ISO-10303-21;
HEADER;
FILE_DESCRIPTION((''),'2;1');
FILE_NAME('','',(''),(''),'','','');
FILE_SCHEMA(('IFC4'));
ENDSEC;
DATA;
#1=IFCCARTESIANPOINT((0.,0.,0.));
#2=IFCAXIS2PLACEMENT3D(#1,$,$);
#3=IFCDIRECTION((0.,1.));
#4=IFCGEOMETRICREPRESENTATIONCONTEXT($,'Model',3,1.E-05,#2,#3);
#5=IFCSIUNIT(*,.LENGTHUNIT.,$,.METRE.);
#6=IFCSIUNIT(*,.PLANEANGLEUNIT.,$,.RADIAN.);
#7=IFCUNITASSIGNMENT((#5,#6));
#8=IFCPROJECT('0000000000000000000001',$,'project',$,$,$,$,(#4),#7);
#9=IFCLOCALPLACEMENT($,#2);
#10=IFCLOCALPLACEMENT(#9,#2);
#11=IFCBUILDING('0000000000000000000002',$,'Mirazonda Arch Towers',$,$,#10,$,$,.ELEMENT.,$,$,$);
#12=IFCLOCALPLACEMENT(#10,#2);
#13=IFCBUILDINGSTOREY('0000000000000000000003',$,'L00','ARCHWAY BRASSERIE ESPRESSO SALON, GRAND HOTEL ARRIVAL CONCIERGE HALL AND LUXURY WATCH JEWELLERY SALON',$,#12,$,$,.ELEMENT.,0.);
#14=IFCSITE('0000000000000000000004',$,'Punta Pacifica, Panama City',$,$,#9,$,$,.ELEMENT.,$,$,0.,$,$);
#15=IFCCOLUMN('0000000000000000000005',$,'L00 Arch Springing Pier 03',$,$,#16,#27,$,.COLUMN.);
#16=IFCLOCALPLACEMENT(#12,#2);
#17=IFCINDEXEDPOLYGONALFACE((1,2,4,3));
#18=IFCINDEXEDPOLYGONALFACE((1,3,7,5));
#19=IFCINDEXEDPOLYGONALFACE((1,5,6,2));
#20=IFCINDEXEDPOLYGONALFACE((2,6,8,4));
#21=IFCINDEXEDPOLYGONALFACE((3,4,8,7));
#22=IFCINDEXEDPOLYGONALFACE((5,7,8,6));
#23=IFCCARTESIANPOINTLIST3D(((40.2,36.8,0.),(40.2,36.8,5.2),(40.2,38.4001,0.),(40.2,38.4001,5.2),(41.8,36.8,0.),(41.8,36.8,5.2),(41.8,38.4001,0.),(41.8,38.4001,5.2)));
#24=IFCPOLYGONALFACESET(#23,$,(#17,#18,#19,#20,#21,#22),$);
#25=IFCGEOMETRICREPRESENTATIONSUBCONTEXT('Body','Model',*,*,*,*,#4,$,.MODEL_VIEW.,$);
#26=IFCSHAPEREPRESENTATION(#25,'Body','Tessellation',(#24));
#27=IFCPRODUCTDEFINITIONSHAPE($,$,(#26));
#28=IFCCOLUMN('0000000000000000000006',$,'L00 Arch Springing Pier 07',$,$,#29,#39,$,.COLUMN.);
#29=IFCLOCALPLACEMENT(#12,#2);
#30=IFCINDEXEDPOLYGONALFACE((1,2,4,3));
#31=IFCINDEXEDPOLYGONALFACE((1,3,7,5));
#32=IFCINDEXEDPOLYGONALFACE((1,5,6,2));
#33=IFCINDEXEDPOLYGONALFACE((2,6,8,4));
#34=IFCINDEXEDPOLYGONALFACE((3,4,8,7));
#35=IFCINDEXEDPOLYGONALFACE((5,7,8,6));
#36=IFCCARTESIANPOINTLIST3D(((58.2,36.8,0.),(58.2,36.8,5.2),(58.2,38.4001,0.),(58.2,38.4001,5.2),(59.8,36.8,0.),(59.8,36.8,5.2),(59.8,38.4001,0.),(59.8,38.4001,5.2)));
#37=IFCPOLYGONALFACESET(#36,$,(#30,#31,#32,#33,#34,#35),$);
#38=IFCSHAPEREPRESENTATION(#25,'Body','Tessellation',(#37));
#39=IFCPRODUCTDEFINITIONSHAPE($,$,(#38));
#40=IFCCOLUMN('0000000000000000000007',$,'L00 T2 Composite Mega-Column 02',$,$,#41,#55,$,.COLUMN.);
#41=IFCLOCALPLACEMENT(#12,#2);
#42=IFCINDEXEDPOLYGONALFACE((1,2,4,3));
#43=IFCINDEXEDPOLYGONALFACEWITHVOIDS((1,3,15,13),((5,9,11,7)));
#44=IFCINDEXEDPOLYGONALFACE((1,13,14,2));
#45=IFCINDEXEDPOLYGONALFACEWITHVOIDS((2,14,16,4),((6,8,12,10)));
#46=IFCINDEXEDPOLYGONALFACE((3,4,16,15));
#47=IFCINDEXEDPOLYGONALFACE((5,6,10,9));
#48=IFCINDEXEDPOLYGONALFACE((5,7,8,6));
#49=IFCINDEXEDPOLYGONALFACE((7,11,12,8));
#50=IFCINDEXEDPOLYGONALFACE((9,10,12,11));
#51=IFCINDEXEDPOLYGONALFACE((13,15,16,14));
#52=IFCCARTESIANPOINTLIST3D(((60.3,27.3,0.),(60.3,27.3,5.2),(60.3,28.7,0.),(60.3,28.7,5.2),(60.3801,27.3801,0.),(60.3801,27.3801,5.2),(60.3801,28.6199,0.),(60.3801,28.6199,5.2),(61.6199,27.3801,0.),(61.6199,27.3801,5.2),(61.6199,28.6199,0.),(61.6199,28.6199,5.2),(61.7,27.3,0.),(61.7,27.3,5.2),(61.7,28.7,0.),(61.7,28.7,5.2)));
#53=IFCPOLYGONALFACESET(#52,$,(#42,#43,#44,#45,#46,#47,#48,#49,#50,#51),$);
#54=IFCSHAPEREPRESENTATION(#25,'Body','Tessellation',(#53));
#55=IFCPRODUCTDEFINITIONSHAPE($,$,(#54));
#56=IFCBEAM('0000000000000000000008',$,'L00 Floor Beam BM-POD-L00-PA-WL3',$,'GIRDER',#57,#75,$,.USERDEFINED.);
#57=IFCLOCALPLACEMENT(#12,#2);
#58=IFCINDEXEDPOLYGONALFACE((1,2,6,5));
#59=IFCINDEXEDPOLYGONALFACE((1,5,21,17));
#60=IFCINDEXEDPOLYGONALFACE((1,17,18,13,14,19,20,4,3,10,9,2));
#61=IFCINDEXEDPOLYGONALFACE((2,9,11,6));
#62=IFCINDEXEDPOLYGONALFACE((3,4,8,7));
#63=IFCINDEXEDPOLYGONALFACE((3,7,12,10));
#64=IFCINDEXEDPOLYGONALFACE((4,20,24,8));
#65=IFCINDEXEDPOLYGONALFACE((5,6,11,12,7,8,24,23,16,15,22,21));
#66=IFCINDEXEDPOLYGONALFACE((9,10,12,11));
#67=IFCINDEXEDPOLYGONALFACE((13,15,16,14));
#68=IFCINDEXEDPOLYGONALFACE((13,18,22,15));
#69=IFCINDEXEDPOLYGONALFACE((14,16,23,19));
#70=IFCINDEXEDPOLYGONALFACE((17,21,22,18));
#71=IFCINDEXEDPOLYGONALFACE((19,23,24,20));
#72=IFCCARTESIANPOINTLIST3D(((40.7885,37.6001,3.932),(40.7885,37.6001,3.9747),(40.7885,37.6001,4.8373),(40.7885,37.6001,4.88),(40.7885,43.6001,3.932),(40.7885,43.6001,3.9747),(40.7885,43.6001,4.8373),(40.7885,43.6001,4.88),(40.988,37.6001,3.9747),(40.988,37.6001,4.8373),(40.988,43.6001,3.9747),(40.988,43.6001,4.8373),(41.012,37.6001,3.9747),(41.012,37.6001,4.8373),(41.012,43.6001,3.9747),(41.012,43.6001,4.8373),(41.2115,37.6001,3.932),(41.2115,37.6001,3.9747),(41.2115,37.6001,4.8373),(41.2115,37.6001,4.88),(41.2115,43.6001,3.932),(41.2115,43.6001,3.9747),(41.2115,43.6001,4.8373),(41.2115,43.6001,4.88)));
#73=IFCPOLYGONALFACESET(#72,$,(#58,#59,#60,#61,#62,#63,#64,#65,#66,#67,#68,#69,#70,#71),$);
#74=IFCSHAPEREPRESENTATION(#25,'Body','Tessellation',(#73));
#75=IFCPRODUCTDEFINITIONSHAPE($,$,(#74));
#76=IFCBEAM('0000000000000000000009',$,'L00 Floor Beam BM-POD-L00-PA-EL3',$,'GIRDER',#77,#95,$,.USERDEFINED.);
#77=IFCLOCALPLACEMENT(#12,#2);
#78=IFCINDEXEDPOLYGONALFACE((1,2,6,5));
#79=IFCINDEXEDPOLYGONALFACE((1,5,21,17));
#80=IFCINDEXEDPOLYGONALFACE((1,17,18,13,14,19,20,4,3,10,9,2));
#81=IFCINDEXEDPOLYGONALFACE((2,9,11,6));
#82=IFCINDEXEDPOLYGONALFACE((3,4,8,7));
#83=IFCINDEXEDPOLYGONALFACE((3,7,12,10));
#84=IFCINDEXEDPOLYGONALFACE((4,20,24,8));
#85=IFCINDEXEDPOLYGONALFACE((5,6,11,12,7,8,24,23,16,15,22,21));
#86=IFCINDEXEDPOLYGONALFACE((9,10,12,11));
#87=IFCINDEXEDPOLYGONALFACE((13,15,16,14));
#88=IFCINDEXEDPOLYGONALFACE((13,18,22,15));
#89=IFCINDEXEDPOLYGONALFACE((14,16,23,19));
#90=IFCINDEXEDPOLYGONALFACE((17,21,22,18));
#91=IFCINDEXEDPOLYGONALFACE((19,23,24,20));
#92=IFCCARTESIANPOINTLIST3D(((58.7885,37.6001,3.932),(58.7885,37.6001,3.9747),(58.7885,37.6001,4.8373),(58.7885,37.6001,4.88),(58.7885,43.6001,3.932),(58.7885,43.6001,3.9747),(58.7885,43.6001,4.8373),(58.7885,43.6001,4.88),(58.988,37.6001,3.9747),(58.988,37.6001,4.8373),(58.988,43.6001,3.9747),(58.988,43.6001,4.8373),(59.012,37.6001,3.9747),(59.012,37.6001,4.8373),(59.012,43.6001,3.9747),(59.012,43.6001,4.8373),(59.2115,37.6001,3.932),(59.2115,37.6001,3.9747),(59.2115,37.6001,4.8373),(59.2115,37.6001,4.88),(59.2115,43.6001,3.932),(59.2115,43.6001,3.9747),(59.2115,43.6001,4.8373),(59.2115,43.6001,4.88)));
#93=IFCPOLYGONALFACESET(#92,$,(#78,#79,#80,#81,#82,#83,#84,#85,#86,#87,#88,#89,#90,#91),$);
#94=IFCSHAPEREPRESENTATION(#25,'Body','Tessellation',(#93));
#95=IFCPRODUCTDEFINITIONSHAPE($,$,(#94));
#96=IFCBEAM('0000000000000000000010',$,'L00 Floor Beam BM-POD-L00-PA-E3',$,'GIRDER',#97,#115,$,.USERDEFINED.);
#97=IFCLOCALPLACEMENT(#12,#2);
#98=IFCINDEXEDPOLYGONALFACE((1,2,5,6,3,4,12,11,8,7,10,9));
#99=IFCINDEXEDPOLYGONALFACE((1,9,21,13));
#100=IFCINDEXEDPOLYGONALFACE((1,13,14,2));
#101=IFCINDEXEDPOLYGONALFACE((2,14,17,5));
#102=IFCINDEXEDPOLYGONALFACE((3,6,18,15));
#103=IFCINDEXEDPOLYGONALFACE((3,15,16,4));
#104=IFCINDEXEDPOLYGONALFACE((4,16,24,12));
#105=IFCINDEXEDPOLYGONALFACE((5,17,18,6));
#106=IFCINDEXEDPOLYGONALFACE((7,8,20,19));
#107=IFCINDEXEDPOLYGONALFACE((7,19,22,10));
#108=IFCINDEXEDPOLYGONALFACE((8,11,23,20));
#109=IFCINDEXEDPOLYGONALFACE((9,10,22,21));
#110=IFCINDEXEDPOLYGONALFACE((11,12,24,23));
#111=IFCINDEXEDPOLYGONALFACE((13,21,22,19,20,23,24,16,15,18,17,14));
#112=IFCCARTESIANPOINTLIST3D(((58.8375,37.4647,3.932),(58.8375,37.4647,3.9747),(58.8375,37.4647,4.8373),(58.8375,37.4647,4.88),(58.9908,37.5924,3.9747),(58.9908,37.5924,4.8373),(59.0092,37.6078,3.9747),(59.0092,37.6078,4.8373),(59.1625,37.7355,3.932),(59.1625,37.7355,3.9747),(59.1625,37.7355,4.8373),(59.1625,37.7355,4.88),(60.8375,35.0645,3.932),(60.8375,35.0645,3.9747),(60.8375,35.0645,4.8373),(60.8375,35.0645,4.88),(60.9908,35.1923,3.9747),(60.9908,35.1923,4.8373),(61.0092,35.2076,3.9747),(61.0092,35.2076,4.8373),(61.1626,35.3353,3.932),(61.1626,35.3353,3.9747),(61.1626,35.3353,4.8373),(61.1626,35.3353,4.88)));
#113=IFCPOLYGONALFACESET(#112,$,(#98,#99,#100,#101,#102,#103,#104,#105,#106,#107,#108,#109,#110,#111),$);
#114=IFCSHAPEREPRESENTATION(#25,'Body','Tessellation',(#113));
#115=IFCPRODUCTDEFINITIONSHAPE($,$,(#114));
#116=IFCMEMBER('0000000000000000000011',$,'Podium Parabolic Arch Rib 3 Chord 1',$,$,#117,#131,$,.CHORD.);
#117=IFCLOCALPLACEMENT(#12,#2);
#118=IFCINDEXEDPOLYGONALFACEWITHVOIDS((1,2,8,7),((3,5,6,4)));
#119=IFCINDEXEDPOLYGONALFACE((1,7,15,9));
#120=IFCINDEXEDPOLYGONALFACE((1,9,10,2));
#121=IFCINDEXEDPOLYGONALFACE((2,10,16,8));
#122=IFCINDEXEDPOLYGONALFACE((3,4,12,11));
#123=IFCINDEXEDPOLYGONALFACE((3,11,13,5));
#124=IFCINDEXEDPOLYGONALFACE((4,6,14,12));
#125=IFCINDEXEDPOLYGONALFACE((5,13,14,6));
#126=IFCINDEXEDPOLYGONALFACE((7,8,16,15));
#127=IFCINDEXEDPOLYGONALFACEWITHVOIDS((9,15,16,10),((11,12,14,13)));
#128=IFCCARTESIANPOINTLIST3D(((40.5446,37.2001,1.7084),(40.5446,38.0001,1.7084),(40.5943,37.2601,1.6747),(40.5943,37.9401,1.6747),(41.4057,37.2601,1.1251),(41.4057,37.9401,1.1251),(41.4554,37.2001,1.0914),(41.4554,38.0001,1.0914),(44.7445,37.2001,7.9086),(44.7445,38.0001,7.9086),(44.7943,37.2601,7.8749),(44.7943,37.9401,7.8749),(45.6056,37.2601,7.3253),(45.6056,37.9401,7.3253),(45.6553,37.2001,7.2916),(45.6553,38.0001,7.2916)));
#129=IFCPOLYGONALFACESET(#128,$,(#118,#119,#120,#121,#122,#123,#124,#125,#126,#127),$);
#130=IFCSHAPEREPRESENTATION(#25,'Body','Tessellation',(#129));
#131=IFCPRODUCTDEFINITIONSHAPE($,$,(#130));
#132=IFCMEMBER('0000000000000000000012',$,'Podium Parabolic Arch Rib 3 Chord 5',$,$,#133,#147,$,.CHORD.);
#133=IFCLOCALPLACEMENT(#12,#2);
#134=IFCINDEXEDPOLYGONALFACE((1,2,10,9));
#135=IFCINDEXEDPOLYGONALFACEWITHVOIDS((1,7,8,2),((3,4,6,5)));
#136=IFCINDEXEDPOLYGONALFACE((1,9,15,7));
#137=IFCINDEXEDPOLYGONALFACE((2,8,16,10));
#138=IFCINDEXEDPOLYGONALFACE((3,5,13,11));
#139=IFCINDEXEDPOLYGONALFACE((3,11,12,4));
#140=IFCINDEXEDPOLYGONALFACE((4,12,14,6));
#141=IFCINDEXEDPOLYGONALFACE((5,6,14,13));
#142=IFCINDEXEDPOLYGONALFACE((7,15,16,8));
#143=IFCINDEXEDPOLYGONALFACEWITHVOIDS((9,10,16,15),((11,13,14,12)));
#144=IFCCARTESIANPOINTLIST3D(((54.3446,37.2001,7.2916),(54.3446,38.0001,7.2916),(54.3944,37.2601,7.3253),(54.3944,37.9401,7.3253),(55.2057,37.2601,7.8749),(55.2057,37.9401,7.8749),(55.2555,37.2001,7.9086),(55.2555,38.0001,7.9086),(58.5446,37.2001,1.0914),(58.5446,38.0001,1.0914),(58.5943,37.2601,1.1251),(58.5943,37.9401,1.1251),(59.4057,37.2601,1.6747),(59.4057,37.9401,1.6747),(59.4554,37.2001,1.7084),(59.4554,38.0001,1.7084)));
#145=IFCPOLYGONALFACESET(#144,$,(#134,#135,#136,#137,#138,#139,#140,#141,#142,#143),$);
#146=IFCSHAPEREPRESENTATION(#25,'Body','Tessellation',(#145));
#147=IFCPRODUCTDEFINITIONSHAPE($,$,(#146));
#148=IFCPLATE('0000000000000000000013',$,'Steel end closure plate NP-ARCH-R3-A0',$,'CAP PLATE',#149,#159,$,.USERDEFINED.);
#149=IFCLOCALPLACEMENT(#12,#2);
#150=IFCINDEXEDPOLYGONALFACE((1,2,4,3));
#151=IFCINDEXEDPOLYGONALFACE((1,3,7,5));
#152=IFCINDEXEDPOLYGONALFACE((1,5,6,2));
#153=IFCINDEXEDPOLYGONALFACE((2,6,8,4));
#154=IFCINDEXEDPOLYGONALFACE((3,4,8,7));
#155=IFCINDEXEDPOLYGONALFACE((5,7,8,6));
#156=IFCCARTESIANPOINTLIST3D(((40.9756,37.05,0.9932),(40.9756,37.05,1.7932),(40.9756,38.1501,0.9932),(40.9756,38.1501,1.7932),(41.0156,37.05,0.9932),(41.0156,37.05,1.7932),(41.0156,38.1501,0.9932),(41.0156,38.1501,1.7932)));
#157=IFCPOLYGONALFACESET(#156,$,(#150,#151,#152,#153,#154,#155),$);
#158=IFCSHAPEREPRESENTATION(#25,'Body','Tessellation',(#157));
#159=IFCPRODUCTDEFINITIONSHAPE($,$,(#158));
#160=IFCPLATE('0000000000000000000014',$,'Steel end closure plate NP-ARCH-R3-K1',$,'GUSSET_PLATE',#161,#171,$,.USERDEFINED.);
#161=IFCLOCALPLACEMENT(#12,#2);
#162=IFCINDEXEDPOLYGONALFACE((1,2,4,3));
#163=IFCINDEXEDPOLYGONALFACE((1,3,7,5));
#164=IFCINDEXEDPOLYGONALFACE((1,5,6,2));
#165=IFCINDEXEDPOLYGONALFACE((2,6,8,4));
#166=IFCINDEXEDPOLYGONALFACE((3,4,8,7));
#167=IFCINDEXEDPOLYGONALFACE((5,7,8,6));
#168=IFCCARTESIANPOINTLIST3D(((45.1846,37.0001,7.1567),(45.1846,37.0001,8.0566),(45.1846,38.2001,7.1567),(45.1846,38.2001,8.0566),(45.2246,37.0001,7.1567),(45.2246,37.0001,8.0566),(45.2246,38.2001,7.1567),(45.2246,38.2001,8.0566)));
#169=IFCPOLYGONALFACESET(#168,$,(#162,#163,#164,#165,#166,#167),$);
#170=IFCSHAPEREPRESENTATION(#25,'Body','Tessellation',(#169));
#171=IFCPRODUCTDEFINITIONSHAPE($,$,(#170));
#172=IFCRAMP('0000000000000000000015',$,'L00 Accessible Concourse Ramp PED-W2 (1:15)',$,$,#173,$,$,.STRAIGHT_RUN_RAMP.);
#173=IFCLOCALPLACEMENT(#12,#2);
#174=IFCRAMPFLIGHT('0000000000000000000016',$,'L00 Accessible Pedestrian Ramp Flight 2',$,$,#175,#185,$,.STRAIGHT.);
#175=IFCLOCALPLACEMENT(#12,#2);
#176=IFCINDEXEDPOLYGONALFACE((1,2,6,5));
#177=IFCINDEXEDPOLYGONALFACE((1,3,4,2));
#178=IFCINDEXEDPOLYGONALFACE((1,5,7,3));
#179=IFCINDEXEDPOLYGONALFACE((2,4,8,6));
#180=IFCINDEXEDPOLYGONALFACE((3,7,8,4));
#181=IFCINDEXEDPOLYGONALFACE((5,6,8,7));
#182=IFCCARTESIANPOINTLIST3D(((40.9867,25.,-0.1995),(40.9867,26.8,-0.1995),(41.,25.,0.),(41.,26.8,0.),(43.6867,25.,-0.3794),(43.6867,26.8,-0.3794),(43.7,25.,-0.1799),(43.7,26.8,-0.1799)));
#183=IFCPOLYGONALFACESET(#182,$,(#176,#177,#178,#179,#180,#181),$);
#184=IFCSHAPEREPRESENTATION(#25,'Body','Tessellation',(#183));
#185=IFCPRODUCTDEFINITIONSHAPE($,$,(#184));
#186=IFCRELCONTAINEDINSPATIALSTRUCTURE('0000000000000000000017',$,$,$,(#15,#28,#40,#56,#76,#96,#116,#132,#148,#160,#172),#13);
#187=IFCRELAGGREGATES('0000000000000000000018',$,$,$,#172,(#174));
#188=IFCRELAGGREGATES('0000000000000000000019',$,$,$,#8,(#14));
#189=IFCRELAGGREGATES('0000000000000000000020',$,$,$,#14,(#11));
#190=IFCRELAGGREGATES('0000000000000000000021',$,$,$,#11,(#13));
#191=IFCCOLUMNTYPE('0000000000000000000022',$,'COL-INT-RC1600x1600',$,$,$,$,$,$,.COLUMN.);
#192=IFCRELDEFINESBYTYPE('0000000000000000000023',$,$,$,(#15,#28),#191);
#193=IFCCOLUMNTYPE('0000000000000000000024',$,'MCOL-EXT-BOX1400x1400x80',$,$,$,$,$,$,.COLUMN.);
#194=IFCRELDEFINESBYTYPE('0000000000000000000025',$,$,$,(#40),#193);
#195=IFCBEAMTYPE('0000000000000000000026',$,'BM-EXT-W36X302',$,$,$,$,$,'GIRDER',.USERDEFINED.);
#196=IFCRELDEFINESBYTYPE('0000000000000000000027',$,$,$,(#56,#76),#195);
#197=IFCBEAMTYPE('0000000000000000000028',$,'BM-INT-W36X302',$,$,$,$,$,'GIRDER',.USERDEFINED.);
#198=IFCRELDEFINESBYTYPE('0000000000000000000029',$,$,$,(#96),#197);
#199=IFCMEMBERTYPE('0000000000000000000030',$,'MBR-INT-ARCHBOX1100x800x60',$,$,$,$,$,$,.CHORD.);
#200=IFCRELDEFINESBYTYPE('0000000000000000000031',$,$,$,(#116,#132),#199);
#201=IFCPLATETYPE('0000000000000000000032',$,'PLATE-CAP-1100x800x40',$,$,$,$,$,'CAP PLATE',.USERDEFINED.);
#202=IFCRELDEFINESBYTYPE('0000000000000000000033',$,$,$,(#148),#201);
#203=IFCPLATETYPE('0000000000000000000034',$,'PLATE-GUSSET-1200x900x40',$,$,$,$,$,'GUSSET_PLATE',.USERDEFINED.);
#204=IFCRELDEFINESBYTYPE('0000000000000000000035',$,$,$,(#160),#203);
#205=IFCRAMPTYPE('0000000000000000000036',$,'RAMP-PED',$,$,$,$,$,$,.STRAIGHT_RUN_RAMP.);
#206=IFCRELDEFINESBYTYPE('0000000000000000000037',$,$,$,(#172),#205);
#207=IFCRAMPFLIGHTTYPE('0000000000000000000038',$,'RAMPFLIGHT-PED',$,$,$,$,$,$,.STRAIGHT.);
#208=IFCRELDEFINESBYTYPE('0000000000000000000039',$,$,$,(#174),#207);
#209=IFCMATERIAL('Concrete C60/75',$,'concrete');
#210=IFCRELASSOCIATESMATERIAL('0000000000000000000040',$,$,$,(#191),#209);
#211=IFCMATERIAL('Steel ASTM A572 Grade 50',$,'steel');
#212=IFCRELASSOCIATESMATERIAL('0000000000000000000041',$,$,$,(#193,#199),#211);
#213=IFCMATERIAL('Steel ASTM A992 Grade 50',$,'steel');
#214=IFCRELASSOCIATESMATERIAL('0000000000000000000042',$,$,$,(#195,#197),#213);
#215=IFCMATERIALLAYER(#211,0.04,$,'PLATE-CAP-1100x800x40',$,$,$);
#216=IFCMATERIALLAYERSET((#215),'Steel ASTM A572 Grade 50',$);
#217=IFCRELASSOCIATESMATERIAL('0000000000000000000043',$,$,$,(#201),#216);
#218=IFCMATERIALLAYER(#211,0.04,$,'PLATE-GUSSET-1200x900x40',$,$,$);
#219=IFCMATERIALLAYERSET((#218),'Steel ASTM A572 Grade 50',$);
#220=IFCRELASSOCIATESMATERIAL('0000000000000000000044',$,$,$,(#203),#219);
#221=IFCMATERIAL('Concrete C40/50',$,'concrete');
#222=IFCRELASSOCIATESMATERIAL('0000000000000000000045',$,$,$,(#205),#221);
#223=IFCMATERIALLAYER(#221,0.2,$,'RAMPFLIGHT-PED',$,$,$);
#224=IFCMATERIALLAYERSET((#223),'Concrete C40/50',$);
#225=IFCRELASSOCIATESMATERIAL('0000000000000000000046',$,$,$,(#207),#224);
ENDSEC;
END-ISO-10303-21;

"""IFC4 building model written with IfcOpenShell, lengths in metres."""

from ifc_helpers import new_model, si_unit, direction, frame, origin, origin_2d, place, context, subcontext, project, spatial, polyline, rectangle, hollow_rectangle, i_section, outline, extrude, material, layer, layer_set, material_profile, profile_set, type_object, element, aggregate, save


model = new_model("IFC4")

# Units and contexts
model_context = context("Model", 3, precision=1e-05, world=origin(), true_north=direction((0.0, 1.0)))
body_context = subcontext(model_context, "Body", "Model", "MODEL_VIEW")
ifc_project = project(units=[si_unit("LENGTHUNIT", "METRE"), si_unit("PLANEANGLEUNIT", "RADIAN")], contexts=[model_context])

# Site, building, storey
site_placement = place(None, origin())
site = spatial("IfcSite", under=ifc_project, at=site_placement, Name="Punta Pacifica, Panama City", CompositionType="ELEMENT", RefElevation=0.0)
building_placement = place(site_placement, origin())
building = spatial("IfcBuilding", under=site, at=building_placement, Name="Mirazonda Arch Towers", CompositionType="ELEMENT")
storey_placement = place(building_placement, origin())
storey = spatial("IfcBuildingStorey", under=building, at=storey_placement, Name="L00", Description="ARCHWAY BRASSERIE ESPRESSO SALON, GRAND HOTEL ARRIVAL CONCIERGE HALL AND LUXURY WATCH JEWELLERY SALON", CompositionType="ELEMENT", Elevation=0.0)

# Columns
ifc_material_1 = material(Name="Concrete C60/75", Category="concrete")
ifc_material_profile_1 = material_profile(ifc_material_1, rectangle(XDim=1.6001, YDim=1.6001, at=origin_2d()), Name="RC1600x1600")
ifc_profile_set_1 = profile_set([ifc_material_profile_1], Name="Concrete C60/75")
column_type_1 = type_object("IfcColumnType", Name="COL-INT-RC1600x1600", PredefinedType="COLUMN", material=ifc_profile_set_1)
for number, where, z_axis, x_axis, name in (
    (1, (41.0, 37.6001, 0.0), (0.0, 0.0, 1.0), (1.0, 0.0, 0.0), "L00 Arch Springing Pier 03"),
    (2, (59.0, 37.6001, 0.0), (0.0, 0.0, 1.0), (1.0, 0.0, 0.0), "L00 Arch Springing Pier 07"),
):
    element("IfcColumn", number, at=place(storey_placement, frame(where, z_axis=z_axis, x_axis=x_axis)), inside=storey, type_object=column_type_1, Name=name, PredefinedType="COLUMN", context=body_context, shape_type="SweptSolid", body=[
        extrude(rectangle(XDim=1.6001, YDim=1.6001, at=origin_2d()), origin(), (0.0, 0.0, 1.0), 5.2),
    ])
ifc_material_2 = material(Name="Steel ASTM A572 Grade 50", Category="steel")
ifc_material_profile_2 = material_profile(ifc_material_2, hollow_rectangle(XDim=1.3999, YDim=1.3999, WallThickness=0.0801, at=origin_2d()), Name="BOX1400x1400x80")
ifc_profile_set_2 = profile_set([ifc_material_profile_2], Name="Steel ASTM A572 Grade 50")
column_type_2 = type_object("IfcColumnType", Name="MCOL-EXT-BOX1400x1400x80", PredefinedType="COLUMN", material=ifc_profile_set_2)
column_placement = place(storey_placement, frame((61.0, 28.0, 0.0), z_axis=(0.0, 0.0, 1.0), x_axis=(1.0, 0.0, 0.0)))
element("IfcColumn", 3, at=column_placement, inside=storey, type_object=column_type_2, Name="L00 T2 Composite Mega-Column 02", PredefinedType="COLUMN", context=body_context, shape_type="SweptSolid", body=[
    extrude(hollow_rectangle(XDim=1.3999, YDim=1.3999, WallThickness=0.0801, at=origin_2d()), origin(), (0.0, 0.0, 1.0), 5.2),
])

# Beams
ifc_material_3 = material(Name="Steel ASTM A992 Grade 50", Category="steel")
ifc_material_profile_3 = material_profile(ifc_material_3, i_section(OverallWidth=0.4231, OverallDepth=0.948, WebThickness=0.0239, FlangeThickness=0.0427, at=origin_2d()), Name="W36X302")
ifc_profile_set_3 = profile_set([ifc_material_profile_3], Name="Steel ASTM A992 Grade 50")
beam_type_1 = type_object("IfcBeamType", Name="BM-EXT-W36X302", ElementType="GIRDER", PredefinedType="USERDEFINED", material=ifc_profile_set_3)
for number, where, z_axis, x_axis, name in (
    (4, (41.0, 37.6001, 4.406), (0.0, 1.0, 0.0), (-1.0, 0.0, 0.0), "L00 Floor Beam BM-POD-L00-PA-WL3"),
    (5, (59.0, 37.6001, 4.406), (0.0, 1.0, 0.0), (-1.0, 0.0, 0.0), "L00 Floor Beam BM-POD-L00-PA-EL3"),
):
    element("IfcBeam", number, at=place(storey_placement, frame(where, z_axis=z_axis, x_axis=x_axis)), inside=storey, type_object=beam_type_1, Name=name, ObjectType="GIRDER", PredefinedType="USERDEFINED", context=body_context, shape_type="SweptSolid", body=[
        extrude(i_section(OverallWidth=0.4231, OverallDepth=0.948, WebThickness=0.0239, FlangeThickness=0.0427, at=origin_2d()), origin(), (0.0, 0.0, 1.0), 6.0),
    ])
ifc_material_profile_4 = material_profile(ifc_material_3, i_section(OverallWidth=0.4231, OverallDepth=0.948, WebThickness=0.0239, FlangeThickness=0.0427, at=origin_2d()), Name="W36X302")
ifc_profile_set_4 = profile_set([ifc_material_profile_4], Name="Steel ASTM A992 Grade 50")
beam_type_2 = type_object("IfcBeamType", Name="BM-INT-W36X302", ElementType="GIRDER", PredefinedType="USERDEFINED", material=ifc_profile_set_4)
beam_placement = place(storey_placement, frame((59.0, 37.6001, 4.406), z_axis=(0.640161, -0.76824, 0.0), x_axis=(0.76824, 0.640161, 0.0)))
element("IfcBeam", 6, at=beam_placement, inside=storey, type_object=beam_type_2, Name="L00 Floor Beam BM-POD-L00-PA-E3", ObjectType="GIRDER", PredefinedType="USERDEFINED", context=body_context, shape_type="SweptSolid", body=[
    extrude(i_section(OverallWidth=0.4231, OverallDepth=0.948, WebThickness=0.0239, FlangeThickness=0.0427, at=origin_2d()), origin(), (0.0, 0.0, 1.0), 3.1243),
])

# Members
ifc_material_profile_5 = material_profile(ifc_material_2, hollow_rectangle(XDim=0.8, YDim=1.1001, WallThickness=0.0601, at=origin_2d()), Name="ARCHBOX1100x800x60")
ifc_profile_set_5 = profile_set([ifc_material_profile_5], Name="Steel ASTM A572 Grade 50")
member_type = type_object("IfcMemberType", Name="MBR-INT-ARCHBOX1100x800x60", PredefinedType="CHORD", material=ifc_profile_set_5)
for number, where, z_axis, x_axis, name in (
    (7, (41.0, 37.6001, 1.3999), (0.560832, 0.0, 0.82793), (0.0, 1.0, 0.0), "Podium Parabolic Arch Rib 3 Chord 1"),
    (8, (54.8, 37.6001, 7.6001), (0.560832, 0.0, -0.82793), (0.0, 1.0, 0.0), "Podium Parabolic Arch Rib 3 Chord 5"),
):
    element("IfcMember", number, at=place(storey_placement, frame(where, z_axis=z_axis, x_axis=x_axis)), inside=storey, type_object=member_type, Name=name, PredefinedType="CHORD", context=body_context, shape_type="SweptSolid", body=[
        extrude(hollow_rectangle(XDim=0.8, YDim=1.1001, WallThickness=0.0601, at=origin_2d()), origin(), (0.0, 0.0, 1.0), 7.4888),
    ])

# Plates
ifc_layer_1 = layer(ifc_material_2, 0.04, Name="PLATE-CAP-1100x800x40")
ifc_layer_set_1 = layer_set([ifc_layer_1], Name="Steel ASTM A572 Grade 50")
plate_type_1 = type_object("IfcPlateType", Name="PLATE-CAP-1100x800x40", ElementType="CAP PLATE", PredefinedType="USERDEFINED", material=ifc_layer_set_1)
plate_1_placement = place(storey_placement, frame((40.9956, 37.6001, 0.9932), z_axis=(0.0, 0.0, 1.0), x_axis=(-1.0, 0.0, 0.0)))
element("IfcPlate", 9, at=plate_1_placement, inside=storey, type_object=plate_type_1, Name="Steel end closure plate NP-ARCH-R3-A0", ObjectType="CAP PLATE", PredefinedType="USERDEFINED", context=body_context, shape_type="SweptSolid", body=[
    extrude(rectangle(XDim=0.04, YDim=1.1001, at=origin_2d()), origin(), (0.0, 0.0, 1.0), 0.8),
])
ifc_layer_2 = layer(ifc_material_2, 0.04, Name="PLATE-GUSSET-1200x900x40")
ifc_layer_set_2 = layer_set([ifc_layer_2], Name="Steel ASTM A572 Grade 50")
plate_type_2 = type_object("IfcPlateType", Name="PLATE-GUSSET-1200x900x40", ElementType="GUSSET_PLATE", PredefinedType="USERDEFINED", material=ifc_layer_set_2)
plate_2_placement = place(storey_placement, frame((45.2046, 37.6001, 7.1567), z_axis=(0.0, 0.0, 1.0), x_axis=(1.0, 0.0, 0.0)))
element("IfcPlate", 10, at=plate_2_placement, inside=storey, type_object=plate_type_2, Name="Steel end closure plate NP-ARCH-R3-K1", ObjectType="GUSSET_PLATE", PredefinedType="USERDEFINED", context=body_context, shape_type="SweptSolid", body=[
    extrude(rectangle(XDim=0.04, YDim=1.2, at=origin_2d()), origin(), (0.0, 0.0, 1.0), 0.8999),
])

# Ramp, ramp flight
ifc_material_4 = material(Name="Concrete C40/50", Category="concrete")
ramp_type = type_object("IfcRampType", Name="RAMP-PED", PredefinedType="STRAIGHT_RUN_RAMP", material=ifc_material_4)
ramp_1_placement = place(storey_placement, origin())
ramp_1 = element("IfcRamp", 11, at=ramp_1_placement, inside=storey, type_object=ramp_type, Name="L00 Accessible Concourse Ramp PED-W2 (1:15)", PredefinedType="STRAIGHT_RUN_RAMP")
ifc_layer_3 = layer(ifc_material_4, 0.2, Name="RAMPFLIGHT-PED")
ifc_layer_set_3 = layer_set([ifc_layer_3], Name="Concrete C40/50")
ramp_flight_type = type_object("IfcRampFlightType", Name="RAMPFLIGHT-PED", PredefinedType="STRAIGHT", material=ifc_layer_set_3)
ramp_flight_1_placement = place(storey_placement, frame((43.7, 26.8, -0.1799), z_axis=(0.066495, 0.0, 0.997787), x_axis=(-0.997787, 0.0, 0.066495)))
ramp_flight_1 = element("IfcRampFlight", 12, at=ramp_flight_1_placement, type_object=ramp_flight_type, Name="L00 Accessible Pedestrian Ramp Flight 2", PredefinedType="STRAIGHT", context=body_context, shape_type="SweptSolid", body=[
    extrude(outline(polyline([(0.0, 0.0), (2.7059, 0.0), (2.7059, 1.8), (0.0, 1.8), (0.0, 0.0)])), origin(), (0.0, 0.0, -1.0), 0.2),
])
aggregate(ramp_1, [ramp_flight_1])

save(model, "model.ifc")
